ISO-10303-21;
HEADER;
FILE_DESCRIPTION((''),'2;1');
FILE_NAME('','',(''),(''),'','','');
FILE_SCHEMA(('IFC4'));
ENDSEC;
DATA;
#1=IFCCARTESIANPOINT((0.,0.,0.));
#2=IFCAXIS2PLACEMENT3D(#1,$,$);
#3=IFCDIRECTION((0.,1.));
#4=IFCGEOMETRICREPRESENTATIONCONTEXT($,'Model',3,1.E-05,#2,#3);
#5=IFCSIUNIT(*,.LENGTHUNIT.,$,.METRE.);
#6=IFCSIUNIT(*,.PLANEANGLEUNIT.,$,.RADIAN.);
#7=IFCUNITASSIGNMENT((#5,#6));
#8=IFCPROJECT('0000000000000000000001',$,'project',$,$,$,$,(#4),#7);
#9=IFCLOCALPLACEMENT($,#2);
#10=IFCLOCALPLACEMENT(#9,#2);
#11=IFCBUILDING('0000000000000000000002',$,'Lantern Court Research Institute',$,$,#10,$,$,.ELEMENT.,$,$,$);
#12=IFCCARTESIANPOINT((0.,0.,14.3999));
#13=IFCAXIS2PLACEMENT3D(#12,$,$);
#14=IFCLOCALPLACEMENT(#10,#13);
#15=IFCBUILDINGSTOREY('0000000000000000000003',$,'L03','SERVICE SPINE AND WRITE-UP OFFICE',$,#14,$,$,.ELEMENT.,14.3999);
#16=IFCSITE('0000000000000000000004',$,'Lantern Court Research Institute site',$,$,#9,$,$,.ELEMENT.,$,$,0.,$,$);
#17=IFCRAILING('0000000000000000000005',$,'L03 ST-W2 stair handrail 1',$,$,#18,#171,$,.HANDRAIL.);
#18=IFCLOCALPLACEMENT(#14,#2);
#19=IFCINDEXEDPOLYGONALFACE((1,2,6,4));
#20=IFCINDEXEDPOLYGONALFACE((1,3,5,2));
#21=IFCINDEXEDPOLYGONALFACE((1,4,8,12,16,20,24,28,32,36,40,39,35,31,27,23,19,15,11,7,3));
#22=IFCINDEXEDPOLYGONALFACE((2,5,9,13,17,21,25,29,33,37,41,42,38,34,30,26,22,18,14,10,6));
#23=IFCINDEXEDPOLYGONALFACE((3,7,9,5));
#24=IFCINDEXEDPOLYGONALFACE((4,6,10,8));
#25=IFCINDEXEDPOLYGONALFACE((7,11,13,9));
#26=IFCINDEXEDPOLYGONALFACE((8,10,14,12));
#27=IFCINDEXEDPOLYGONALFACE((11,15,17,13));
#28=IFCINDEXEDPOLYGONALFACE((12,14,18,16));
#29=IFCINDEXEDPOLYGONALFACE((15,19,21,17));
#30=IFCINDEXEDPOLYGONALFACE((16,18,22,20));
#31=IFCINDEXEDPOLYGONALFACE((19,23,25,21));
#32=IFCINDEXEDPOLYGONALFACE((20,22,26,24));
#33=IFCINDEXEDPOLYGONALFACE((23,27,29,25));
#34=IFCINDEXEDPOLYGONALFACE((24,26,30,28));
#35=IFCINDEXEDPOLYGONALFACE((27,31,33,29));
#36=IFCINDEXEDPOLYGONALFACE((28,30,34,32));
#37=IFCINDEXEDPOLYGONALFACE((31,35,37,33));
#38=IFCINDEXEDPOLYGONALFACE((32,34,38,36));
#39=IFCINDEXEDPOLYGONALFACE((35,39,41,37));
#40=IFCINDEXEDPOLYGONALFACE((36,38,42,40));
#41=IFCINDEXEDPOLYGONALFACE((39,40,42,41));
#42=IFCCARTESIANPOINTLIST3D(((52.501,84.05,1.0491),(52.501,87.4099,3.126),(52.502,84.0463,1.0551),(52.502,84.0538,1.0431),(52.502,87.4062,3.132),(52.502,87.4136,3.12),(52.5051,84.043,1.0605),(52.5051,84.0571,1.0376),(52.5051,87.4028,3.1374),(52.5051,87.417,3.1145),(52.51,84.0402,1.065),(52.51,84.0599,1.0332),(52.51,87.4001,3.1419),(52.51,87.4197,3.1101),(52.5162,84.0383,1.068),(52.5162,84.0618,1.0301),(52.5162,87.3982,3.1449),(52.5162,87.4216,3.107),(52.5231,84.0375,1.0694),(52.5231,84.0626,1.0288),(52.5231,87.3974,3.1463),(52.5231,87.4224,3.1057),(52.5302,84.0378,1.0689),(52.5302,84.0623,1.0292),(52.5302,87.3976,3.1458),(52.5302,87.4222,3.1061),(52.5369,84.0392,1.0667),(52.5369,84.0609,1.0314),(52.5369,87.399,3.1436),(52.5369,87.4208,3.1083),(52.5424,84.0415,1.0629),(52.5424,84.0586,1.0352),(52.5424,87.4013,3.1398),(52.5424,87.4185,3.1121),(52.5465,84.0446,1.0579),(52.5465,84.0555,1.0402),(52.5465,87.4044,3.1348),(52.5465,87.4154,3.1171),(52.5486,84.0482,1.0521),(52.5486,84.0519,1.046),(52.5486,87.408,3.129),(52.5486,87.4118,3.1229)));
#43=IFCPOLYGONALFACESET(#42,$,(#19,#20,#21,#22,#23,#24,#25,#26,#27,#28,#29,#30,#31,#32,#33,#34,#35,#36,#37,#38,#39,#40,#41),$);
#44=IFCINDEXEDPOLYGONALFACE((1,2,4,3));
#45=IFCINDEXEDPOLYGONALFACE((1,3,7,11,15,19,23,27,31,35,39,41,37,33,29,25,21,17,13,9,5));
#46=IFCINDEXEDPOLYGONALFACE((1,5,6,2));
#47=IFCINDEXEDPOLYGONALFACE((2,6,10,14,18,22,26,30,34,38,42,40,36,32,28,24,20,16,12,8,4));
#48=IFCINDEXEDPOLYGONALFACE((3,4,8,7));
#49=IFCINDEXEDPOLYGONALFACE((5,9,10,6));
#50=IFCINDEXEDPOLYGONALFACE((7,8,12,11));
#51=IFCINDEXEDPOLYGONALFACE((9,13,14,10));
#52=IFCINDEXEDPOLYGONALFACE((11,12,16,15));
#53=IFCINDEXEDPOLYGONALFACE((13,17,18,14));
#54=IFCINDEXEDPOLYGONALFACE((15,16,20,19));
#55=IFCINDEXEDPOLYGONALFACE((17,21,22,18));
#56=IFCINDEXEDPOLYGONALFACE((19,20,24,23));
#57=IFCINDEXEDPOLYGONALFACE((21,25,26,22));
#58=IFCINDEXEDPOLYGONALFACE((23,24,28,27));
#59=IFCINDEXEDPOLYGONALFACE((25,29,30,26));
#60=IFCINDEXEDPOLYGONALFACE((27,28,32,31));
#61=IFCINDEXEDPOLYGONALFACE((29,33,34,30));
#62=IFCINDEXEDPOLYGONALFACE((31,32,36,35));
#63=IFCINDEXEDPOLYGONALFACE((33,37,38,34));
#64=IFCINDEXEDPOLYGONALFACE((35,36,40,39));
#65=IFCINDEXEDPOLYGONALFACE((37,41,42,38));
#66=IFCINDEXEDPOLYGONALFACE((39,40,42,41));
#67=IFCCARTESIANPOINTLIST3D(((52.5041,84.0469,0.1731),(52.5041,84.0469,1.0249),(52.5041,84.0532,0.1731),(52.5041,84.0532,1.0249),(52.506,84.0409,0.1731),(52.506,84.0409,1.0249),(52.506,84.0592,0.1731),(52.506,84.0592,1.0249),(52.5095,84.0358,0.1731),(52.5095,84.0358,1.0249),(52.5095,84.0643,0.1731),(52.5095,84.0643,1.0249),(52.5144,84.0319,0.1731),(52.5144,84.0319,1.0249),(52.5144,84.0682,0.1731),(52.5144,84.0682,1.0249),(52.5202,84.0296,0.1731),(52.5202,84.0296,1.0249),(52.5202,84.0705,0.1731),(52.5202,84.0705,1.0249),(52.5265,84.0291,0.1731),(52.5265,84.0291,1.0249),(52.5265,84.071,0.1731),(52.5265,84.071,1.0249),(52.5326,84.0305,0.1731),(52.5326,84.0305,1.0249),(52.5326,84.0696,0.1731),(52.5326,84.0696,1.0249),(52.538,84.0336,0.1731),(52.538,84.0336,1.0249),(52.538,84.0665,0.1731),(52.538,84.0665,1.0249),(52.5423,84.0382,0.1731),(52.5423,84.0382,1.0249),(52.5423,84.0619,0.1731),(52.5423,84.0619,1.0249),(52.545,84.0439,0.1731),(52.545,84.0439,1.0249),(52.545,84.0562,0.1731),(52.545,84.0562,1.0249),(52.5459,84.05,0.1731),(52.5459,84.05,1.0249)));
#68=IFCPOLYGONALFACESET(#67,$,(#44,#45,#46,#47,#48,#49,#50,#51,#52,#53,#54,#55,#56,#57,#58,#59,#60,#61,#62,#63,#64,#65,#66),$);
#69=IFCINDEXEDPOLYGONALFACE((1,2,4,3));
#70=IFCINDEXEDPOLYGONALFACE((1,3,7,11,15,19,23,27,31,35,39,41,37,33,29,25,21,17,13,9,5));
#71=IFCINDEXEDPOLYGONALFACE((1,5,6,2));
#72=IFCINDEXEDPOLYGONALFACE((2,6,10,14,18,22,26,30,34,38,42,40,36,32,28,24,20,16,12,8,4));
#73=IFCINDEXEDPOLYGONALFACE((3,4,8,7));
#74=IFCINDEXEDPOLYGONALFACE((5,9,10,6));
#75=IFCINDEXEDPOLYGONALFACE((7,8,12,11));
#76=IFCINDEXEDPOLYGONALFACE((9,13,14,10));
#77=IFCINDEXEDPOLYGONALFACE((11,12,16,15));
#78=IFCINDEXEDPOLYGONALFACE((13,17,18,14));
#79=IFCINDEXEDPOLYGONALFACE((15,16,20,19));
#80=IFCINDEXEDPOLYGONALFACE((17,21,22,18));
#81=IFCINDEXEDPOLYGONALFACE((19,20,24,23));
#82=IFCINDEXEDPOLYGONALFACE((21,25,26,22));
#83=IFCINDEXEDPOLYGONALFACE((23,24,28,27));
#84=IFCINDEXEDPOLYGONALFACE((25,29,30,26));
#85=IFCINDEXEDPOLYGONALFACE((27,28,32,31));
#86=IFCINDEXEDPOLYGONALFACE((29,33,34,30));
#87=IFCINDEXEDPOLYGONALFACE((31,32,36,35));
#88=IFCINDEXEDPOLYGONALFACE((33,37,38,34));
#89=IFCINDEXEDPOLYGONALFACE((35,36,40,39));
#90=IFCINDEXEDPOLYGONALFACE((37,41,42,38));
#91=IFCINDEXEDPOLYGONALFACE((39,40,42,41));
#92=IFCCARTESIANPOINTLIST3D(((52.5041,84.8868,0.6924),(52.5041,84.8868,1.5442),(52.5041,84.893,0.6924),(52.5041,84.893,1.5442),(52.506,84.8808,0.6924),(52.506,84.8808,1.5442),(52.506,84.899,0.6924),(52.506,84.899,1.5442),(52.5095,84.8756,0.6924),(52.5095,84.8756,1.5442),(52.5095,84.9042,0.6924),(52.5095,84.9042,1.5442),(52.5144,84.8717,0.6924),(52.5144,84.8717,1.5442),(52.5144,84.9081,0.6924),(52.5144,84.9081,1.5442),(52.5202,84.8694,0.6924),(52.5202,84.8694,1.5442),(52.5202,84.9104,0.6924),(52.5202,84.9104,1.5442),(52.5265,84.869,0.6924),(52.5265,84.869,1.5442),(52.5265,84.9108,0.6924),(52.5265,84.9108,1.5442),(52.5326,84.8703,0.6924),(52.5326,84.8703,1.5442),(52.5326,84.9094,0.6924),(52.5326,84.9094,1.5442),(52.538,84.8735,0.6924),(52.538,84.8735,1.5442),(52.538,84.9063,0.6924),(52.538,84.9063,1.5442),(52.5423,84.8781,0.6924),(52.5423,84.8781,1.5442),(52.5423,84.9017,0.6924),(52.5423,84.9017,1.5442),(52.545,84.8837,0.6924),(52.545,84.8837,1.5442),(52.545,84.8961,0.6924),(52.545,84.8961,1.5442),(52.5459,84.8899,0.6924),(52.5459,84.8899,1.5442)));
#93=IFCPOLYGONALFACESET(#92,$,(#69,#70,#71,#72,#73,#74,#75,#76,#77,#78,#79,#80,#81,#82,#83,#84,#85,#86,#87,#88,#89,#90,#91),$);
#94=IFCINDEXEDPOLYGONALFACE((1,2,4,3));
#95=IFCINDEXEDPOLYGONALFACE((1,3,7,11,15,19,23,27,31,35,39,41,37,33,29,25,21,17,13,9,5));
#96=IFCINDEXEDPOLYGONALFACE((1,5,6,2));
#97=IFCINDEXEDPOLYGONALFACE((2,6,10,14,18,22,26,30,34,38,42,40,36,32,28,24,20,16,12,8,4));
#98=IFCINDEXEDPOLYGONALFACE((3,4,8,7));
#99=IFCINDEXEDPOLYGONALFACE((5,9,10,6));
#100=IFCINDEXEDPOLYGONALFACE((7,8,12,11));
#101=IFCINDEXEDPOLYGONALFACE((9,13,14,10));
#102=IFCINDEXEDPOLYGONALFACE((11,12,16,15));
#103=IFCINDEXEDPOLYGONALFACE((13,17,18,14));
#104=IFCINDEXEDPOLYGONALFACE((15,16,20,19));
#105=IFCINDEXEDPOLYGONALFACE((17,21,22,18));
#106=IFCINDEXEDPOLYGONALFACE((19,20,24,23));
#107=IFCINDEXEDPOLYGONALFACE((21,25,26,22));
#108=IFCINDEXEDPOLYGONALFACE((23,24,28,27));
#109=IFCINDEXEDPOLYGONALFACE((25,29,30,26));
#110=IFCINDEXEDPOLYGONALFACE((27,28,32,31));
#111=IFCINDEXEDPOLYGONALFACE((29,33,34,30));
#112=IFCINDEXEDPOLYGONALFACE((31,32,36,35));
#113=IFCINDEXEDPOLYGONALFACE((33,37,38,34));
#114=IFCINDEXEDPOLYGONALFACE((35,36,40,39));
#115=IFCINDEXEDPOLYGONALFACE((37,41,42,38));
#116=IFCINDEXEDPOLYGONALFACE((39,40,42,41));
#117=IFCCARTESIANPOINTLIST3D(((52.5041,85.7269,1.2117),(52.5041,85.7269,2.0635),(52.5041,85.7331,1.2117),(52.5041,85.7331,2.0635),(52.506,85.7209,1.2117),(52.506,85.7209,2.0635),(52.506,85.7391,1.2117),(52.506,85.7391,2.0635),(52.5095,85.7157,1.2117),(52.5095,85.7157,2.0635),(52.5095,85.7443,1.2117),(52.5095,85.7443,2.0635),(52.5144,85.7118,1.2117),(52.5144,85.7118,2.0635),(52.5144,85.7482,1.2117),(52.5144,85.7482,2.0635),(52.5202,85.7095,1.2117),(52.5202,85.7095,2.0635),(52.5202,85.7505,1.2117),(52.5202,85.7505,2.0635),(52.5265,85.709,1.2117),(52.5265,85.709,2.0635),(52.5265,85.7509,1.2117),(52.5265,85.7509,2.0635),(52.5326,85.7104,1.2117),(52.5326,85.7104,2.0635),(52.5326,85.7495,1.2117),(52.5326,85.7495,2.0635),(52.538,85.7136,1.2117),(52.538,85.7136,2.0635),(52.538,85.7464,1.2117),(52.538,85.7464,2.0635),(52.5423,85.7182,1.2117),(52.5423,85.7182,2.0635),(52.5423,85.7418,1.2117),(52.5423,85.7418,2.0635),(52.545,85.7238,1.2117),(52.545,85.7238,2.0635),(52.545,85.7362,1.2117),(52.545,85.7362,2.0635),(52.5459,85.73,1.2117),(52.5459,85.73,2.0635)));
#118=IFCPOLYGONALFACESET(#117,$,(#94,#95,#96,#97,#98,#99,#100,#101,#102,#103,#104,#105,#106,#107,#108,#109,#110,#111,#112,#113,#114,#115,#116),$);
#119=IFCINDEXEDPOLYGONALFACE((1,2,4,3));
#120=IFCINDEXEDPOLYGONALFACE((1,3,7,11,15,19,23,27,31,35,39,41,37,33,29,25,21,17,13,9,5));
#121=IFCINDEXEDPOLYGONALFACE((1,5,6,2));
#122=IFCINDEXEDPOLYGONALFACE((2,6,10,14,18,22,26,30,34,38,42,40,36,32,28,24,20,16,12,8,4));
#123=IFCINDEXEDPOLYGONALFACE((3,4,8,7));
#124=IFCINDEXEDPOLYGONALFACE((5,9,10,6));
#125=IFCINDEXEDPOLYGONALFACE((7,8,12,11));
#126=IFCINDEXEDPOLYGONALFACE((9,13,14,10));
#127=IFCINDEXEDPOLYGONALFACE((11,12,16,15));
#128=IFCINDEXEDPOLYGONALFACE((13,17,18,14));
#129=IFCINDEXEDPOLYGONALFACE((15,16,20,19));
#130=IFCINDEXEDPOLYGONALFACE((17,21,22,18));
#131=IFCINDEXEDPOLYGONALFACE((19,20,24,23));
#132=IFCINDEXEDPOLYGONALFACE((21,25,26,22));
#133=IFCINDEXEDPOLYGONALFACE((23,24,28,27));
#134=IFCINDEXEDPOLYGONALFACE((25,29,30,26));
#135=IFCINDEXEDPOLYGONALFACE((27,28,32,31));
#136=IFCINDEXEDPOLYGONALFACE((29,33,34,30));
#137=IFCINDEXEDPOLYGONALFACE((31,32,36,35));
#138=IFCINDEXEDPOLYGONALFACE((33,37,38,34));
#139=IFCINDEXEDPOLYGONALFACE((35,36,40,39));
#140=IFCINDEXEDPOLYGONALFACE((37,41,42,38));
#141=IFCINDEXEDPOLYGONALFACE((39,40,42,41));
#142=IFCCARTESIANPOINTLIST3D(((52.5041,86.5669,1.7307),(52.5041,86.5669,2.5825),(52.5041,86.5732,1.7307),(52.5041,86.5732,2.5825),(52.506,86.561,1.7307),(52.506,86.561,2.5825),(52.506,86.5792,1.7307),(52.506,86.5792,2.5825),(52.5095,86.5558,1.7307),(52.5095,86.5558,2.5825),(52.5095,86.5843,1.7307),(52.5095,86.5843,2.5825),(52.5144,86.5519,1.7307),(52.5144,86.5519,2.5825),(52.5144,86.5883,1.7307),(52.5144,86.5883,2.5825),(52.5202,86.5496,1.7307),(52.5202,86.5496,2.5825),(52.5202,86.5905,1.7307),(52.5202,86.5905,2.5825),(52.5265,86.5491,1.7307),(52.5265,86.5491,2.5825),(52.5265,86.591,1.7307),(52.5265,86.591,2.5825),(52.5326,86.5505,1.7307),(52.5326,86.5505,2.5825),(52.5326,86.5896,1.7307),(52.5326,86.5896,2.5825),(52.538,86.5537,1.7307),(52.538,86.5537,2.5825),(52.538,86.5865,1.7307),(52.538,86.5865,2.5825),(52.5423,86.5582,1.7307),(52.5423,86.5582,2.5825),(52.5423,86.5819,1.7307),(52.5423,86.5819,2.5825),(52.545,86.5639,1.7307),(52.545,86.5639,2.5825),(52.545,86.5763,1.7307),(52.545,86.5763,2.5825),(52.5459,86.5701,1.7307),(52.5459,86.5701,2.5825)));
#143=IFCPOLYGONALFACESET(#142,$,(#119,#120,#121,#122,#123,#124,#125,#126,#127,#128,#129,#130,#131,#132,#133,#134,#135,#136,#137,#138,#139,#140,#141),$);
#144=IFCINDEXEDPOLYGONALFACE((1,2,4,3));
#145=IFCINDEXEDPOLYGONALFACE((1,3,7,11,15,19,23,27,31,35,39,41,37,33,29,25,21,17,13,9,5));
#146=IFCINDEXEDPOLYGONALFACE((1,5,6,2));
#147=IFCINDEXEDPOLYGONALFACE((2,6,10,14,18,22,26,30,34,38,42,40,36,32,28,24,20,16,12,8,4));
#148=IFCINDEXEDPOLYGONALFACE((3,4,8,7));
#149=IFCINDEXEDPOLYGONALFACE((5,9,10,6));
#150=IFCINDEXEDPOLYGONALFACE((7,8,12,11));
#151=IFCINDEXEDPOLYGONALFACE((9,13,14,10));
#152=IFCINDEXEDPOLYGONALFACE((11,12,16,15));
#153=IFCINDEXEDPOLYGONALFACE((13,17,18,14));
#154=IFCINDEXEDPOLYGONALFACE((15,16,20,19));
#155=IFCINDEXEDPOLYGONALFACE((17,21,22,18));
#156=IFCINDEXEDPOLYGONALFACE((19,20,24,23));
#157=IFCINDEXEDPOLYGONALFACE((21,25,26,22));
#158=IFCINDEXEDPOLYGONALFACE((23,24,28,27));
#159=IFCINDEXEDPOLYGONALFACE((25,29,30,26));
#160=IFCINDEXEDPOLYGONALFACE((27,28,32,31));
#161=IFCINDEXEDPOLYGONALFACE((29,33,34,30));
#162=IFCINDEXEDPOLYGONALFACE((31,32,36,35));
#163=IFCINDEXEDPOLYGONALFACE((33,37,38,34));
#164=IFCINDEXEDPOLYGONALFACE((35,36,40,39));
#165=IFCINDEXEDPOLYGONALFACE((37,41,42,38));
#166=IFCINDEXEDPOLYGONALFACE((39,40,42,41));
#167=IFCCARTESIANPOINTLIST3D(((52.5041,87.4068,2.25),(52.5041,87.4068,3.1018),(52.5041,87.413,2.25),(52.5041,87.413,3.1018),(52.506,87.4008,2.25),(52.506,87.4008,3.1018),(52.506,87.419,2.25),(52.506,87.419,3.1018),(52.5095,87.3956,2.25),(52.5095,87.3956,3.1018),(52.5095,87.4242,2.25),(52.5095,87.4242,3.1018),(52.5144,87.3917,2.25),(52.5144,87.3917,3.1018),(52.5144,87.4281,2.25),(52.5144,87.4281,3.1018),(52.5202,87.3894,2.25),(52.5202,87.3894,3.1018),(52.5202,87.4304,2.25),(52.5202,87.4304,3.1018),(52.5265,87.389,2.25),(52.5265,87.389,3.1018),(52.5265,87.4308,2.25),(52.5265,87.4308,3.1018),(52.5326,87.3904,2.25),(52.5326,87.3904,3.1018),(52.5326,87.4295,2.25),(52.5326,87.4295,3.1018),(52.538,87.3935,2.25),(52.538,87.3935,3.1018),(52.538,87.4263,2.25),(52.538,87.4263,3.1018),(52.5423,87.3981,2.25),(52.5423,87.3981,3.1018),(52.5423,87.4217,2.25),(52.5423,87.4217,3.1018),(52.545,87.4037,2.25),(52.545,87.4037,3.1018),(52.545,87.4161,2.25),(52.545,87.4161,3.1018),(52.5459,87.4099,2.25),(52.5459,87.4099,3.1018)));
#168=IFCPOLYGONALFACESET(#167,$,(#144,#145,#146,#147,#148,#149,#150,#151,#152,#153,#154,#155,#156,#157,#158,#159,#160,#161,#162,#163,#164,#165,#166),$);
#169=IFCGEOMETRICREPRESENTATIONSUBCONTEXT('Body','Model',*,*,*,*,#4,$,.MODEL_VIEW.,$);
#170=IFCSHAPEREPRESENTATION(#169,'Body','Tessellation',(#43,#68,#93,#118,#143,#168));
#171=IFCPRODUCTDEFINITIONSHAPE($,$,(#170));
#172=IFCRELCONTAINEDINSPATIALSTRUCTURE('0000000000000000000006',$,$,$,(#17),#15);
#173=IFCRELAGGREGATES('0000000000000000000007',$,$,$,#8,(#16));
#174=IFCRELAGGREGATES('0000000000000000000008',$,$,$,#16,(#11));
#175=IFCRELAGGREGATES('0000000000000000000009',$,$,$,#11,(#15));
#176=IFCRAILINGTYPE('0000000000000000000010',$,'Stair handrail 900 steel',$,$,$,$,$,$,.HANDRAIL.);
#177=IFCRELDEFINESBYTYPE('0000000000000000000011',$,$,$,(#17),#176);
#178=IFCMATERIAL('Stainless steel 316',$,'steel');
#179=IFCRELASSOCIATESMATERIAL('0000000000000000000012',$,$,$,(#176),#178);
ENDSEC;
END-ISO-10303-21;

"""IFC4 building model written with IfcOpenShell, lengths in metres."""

from ifc_helpers import new_model, si_unit, direction, frame, origin, origin_2d, place, context, subcontext, project, spatial, circle, extrude, material, type_object, element, save


model = new_model("IFC4")

# Units and contexts
model_context = context("Model", 3, precision=1e-05, world=origin(), true_north=direction((0.0, 1.0)))
body_context = subcontext(model_context, "Body", "Model", "MODEL_VIEW")
ifc_project = project(units=[si_unit("LENGTHUNIT", "METRE"), si_unit("PLANEANGLEUNIT", "RADIAN")], contexts=[model_context])

# Site, building, storey
site_placement = place(None, origin())
site = spatial("IfcSite", under=ifc_project, at=site_placement, Name="Lantern Court Research Institute site", CompositionType="ELEMENT", RefElevation=0.0)
building_placement = place(site_placement, origin())
building = spatial("IfcBuilding", under=site, at=building_placement, Name="Lantern Court Research Institute", CompositionType="ELEMENT")
storey_placement = place(building_placement, frame((0.0, 0.0, 14.3999)))
storey = spatial("IfcBuildingStorey", under=building, at=storey_placement, Name="L03", Description="SERVICE SPINE AND WRITE-UP OFFICE", CompositionType="ELEMENT", Elevation=14.3999)

# Railing
ifc_material_1 = material(Name="Stainless steel 316", Category="steel")
railing_type_1 = type_object("IfcRailingType", Name="Stair handrail 900 steel", PredefinedType="HANDRAIL", material=ifc_material_1)
railing_1_placement = place(storey_placement, frame((52.5249, 84.05, 0.1731)))
element("IfcRailing", 1, at=railing_1_placement, inside=storey, type_object=railing_type_1, Name="L03 ST-W2 stair handrail 1", PredefinedType="HANDRAIL", context=body_context, shape_type="SweptSolid", body=[
    extrude(circle(Radius=0.0239, at=origin_2d()), frame((0.0, 0.0, 0.876), z_axis=(0.0, 0.850606, 0.525803), x_axis=(-1.0, 0.0, 0.0)), (0.0, 0.0, 1.0), 3.95),
    extrude(circle(Radius=0.021, at=origin_2d()), origin(), (0.0, 0.0, 1.0), 0.8518),
    extrude(circle(Radius=0.021, at=origin_2d()), frame((0.0, 0.8398, 0.5193)), (0.0, 0.0, 1.0), 0.8518),
    extrude(circle(Radius=0.021, at=origin_2d()), frame((0.0, 1.6799, 1.0386)), (0.0, 0.0, 1.0), 0.8518),
    extrude(circle(Radius=0.021, at=origin_2d()), frame((0.0, 2.52, 1.5576)), (0.0, 0.0, 1.0), 0.8518),
    extrude(circle(Radius=0.021, at=origin_2d()), frame((0.0, 3.3599, 2.0769)), (0.0, 0.0, 1.0), 0.8518),
])

save(model, "model.ifc")
